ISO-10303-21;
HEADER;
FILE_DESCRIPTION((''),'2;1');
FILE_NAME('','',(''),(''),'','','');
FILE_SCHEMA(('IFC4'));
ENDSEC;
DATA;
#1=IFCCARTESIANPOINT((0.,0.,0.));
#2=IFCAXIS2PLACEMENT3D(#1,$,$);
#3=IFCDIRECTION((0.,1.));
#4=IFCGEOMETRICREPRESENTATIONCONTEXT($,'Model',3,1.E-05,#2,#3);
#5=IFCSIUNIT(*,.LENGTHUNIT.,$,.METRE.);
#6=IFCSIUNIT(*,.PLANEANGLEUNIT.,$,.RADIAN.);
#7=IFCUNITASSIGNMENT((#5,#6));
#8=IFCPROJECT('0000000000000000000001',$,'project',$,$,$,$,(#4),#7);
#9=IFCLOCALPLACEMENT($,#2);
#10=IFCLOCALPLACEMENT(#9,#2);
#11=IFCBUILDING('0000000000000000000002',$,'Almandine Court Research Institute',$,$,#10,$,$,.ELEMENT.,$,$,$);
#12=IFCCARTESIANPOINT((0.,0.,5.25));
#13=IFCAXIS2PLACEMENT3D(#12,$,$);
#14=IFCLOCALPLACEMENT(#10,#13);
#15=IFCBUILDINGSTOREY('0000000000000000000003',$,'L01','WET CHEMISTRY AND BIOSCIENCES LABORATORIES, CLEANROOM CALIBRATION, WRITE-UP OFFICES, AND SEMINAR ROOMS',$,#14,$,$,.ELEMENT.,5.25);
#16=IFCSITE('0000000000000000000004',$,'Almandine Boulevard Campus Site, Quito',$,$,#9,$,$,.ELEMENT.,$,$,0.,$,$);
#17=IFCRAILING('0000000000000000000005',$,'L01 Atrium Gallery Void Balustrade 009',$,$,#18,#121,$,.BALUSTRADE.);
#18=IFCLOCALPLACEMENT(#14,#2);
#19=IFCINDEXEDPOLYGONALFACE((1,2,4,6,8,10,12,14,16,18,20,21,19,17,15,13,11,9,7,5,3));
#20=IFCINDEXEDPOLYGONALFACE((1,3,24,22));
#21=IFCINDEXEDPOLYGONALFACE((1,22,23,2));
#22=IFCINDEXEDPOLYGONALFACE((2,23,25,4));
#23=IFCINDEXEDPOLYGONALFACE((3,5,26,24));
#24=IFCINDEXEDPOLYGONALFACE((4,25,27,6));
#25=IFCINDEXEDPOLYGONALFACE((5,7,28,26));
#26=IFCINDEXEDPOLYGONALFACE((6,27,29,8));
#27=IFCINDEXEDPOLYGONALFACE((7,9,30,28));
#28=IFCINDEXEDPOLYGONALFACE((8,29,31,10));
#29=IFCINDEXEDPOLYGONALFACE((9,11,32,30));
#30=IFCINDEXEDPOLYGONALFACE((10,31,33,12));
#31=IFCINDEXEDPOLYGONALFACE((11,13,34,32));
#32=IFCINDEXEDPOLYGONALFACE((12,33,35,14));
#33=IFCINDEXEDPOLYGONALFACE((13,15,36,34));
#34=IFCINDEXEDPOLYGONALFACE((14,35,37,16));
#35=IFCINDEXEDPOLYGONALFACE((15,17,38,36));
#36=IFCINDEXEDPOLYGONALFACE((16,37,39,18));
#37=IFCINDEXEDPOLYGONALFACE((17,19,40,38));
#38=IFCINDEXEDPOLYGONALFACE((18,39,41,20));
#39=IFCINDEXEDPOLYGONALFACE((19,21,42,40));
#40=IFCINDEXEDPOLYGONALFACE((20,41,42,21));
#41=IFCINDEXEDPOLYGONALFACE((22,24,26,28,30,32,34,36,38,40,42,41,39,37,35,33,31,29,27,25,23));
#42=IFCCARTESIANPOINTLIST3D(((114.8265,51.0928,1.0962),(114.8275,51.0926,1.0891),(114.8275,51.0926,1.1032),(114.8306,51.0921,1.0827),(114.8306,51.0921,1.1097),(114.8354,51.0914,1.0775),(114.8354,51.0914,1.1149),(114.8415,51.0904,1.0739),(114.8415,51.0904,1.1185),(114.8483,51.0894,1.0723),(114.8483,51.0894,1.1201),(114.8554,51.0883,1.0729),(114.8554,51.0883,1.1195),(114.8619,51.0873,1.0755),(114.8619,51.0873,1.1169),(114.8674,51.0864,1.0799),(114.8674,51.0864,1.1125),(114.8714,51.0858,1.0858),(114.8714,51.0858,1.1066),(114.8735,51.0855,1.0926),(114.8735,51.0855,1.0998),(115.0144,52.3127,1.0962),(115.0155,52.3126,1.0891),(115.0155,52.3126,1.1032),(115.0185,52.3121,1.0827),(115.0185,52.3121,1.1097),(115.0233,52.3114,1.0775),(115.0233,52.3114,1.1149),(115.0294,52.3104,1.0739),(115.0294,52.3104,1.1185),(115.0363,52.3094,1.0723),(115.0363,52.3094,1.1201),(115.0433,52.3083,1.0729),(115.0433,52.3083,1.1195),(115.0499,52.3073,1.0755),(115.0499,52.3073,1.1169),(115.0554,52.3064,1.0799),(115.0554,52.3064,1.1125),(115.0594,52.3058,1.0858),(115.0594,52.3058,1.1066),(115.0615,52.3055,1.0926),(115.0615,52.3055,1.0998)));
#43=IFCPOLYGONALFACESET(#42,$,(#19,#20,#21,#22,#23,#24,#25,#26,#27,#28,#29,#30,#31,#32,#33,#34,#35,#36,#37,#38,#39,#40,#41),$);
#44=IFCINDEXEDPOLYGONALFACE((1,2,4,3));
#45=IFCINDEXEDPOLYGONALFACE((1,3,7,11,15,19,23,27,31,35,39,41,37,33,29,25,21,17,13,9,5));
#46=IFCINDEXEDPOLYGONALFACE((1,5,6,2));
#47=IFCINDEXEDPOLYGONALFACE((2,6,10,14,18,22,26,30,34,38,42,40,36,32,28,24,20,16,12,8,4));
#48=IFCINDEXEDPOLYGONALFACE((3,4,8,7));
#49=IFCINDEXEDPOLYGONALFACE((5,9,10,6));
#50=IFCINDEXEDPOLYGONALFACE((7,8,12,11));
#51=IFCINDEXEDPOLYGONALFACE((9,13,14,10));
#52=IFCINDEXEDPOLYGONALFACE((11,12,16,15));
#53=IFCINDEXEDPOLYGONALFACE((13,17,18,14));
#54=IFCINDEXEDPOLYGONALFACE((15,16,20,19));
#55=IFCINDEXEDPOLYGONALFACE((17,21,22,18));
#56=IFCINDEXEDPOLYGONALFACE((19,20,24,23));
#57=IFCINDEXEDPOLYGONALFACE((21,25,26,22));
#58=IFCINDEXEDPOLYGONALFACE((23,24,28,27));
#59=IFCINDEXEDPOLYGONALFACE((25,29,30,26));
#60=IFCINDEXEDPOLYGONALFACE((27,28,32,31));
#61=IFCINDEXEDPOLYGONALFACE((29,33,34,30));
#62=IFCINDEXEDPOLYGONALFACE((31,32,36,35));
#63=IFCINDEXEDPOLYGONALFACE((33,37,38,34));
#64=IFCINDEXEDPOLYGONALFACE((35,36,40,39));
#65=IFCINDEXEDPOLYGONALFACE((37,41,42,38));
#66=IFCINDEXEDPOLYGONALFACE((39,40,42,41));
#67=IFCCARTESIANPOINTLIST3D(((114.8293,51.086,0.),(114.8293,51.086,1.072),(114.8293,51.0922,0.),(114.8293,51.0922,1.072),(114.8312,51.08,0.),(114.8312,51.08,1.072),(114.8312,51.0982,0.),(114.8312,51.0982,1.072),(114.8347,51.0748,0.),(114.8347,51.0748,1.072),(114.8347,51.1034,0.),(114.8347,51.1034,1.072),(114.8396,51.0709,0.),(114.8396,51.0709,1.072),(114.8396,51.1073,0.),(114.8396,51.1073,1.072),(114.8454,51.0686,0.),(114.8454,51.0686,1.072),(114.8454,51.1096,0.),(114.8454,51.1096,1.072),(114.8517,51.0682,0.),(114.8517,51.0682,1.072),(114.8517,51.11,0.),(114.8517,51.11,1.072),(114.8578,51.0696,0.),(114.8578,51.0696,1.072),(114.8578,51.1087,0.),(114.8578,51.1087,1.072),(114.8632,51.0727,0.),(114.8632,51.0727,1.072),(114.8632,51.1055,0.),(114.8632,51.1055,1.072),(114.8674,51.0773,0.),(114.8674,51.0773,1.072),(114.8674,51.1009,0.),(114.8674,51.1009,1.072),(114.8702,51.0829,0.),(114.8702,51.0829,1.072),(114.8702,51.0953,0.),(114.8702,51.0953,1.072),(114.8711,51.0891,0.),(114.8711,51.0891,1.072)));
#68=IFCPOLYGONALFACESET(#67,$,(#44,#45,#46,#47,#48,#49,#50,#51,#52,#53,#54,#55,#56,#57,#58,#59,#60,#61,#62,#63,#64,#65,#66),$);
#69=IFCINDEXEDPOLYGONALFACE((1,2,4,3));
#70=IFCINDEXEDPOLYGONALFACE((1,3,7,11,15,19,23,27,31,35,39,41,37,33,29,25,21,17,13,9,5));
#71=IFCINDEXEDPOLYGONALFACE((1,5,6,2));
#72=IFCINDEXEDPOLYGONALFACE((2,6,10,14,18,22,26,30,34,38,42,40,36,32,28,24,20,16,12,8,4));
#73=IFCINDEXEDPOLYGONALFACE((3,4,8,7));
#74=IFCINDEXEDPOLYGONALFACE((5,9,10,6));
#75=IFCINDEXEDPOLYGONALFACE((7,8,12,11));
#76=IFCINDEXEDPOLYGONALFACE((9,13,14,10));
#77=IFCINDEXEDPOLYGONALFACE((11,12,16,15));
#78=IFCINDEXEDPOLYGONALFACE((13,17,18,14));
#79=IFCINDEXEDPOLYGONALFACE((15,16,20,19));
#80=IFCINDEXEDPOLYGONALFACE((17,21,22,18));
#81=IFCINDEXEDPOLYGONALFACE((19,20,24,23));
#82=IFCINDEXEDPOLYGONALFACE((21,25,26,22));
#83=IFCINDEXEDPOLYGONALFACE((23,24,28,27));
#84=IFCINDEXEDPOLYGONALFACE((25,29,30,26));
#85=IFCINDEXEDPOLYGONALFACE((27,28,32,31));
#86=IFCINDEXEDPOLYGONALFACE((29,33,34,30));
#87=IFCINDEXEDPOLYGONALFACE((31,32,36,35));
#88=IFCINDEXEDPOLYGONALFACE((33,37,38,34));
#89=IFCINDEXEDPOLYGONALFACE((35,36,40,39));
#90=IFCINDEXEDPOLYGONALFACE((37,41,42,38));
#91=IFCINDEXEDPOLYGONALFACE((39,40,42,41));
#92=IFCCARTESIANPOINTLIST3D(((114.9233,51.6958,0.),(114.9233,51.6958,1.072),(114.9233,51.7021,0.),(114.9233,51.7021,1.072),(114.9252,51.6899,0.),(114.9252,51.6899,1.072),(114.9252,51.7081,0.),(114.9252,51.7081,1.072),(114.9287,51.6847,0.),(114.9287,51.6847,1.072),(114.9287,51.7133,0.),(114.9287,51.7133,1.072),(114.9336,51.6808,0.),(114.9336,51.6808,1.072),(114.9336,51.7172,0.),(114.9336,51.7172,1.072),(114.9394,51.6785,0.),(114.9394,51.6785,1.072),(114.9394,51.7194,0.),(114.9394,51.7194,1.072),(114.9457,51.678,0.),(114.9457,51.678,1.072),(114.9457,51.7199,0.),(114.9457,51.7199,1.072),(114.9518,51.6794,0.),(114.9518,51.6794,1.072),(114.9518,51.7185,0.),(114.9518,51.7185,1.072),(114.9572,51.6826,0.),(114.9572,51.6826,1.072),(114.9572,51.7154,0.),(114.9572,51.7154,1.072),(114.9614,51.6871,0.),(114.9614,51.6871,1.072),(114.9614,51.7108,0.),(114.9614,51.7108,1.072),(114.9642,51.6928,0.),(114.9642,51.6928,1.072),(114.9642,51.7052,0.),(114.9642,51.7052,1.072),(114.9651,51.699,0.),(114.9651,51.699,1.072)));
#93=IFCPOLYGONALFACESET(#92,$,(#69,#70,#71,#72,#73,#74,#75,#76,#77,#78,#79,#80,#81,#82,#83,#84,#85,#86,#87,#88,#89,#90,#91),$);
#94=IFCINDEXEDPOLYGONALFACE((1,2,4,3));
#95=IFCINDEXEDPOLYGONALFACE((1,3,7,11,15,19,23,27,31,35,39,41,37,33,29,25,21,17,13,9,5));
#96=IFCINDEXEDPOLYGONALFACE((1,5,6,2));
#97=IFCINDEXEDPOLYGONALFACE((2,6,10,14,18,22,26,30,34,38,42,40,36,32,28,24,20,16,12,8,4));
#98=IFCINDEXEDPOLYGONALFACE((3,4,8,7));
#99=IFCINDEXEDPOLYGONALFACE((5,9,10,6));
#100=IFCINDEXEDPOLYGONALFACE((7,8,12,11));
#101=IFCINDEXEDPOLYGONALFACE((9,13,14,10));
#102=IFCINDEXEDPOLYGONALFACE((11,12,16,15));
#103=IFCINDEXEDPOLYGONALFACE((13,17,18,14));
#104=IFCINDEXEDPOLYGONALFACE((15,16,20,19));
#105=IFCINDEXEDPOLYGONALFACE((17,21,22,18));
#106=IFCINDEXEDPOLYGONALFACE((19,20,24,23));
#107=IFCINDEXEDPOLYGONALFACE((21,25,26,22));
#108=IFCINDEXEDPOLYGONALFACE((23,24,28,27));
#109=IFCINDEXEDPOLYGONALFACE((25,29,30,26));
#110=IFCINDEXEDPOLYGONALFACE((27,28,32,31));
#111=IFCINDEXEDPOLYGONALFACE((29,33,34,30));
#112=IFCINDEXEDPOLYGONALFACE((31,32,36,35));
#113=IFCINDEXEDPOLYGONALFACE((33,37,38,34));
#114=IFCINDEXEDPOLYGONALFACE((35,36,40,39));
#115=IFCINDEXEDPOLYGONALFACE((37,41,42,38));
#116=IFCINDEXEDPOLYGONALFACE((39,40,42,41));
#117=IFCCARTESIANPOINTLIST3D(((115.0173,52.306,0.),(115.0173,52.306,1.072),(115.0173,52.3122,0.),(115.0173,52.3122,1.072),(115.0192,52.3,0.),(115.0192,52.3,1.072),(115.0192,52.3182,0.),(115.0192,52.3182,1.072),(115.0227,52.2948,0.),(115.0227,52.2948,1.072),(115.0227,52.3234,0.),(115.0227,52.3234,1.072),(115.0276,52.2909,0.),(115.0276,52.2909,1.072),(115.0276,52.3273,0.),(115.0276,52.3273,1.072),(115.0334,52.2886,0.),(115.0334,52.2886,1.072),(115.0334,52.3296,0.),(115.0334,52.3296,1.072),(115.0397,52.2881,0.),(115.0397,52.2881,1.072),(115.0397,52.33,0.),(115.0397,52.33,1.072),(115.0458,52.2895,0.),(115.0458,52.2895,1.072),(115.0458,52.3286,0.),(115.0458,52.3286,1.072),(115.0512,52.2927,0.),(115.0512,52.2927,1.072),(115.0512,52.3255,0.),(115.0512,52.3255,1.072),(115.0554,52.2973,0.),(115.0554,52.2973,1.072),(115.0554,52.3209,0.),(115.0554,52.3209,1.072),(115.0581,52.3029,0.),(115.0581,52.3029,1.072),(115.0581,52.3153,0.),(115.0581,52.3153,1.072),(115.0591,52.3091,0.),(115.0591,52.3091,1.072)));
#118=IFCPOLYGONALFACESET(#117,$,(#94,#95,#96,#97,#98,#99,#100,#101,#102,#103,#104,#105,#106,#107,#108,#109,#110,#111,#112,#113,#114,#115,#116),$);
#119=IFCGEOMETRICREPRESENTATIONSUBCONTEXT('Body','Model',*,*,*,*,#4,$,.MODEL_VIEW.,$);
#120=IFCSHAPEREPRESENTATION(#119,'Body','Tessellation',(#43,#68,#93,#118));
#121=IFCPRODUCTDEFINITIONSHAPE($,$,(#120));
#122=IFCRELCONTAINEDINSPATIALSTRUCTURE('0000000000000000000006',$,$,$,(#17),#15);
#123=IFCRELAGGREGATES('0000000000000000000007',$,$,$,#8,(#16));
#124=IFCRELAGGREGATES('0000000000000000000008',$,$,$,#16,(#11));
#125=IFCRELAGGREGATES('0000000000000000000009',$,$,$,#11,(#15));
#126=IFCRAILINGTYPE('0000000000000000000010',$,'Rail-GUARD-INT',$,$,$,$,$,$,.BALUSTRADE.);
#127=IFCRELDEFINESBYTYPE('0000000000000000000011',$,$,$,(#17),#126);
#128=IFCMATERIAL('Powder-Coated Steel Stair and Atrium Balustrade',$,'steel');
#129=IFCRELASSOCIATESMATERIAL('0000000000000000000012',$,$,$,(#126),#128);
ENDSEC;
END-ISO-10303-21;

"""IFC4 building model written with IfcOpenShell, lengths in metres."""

from ifc_helpers import new_model, si_unit, direction, frame, origin, origin_2d, place, context, subcontext, project, spatial, circle, extrude, material, type_object, element, save


model = new_model("IFC4")

# Units and contexts
model_context = context("Model", 3, precision=1e-05, world=origin(), true_north=direction((0.0, 1.0)))
body_context = subcontext(model_context, "Body", "Model", "MODEL_VIEW")
ifc_project = project(units=[si_unit("LENGTHUNIT", "METRE"), si_unit("PLANEANGLEUNIT", "RADIAN")], contexts=[model_context])

# Site, building, storey
site_placement = place(None, origin())
site = spatial("IfcSite", under=ifc_project, at=site_placement, Name="Almandine Boulevard Campus Site, Quito", CompositionType="ELEMENT", RefElevation=0.0)
building_placement = place(site_placement, origin())
building = spatial("IfcBuilding", under=site, at=building_placement, Name="Almandine Court Research Institute", CompositionType="ELEMENT")
storey_placement = place(building_placement, frame((0.0, 0.0, 5.25)))
storey = spatial("IfcBuildingStorey", under=building, at=storey_placement, Name="L01", Description="WET CHEMISTRY AND BIOSCIENCES LABORATORIES, CLEANROOM CALIBRATION, WRITE-UP OFFICES, AND SEMINAR ROOMS", CompositionType="ELEMENT", Elevation=5.25)

# Railing
ifc_material_1 = material(Name="Powder-Coated Steel Stair and Atrium Balustrade", Category="steel")
railing_type = type_object("IfcRailingType", Name="Rail-GUARD-INT", PredefinedType="BALUSTRADE", material=ifc_material_1)
railing_1_placement = place(storey_placement, frame((114.8501, 51.0891, 0.0)))
element("IfcRailing", 1, at=railing_1_placement, inside=storey, type_object=railing_type, Name="L01 Atrium Gallery Void Balustrade 009", PredefinedType="BALUSTRADE", context=body_context, shape_type="SweptSolid", body=[
    extrude(circle(Radius=0.0239, at=origin_2d()), frame((0.0, 0.0, 1.0962), z_axis=(0.152295, 0.988335, 0.0), x_axis=(-0.988335, 0.152295, 0.0)), (0.0, 0.0, 1.0), 1.2344),
    extrude(circle(Radius=0.021, at=origin_2d()), origin(), (0.0, 0.0, 1.0), 1.072),
    extrude(circle(Radius=0.021, at=origin_2d()), frame((0.094, 0.6099, 0.0)), (0.0, 0.0, 1.0), 1.072),
    extrude(circle(Radius=0.021, at=origin_2d()), frame((0.188, 1.22, 0.0)), (0.0, 0.0, 1.0), 1.072),
])

save(model, "model.ifc")
